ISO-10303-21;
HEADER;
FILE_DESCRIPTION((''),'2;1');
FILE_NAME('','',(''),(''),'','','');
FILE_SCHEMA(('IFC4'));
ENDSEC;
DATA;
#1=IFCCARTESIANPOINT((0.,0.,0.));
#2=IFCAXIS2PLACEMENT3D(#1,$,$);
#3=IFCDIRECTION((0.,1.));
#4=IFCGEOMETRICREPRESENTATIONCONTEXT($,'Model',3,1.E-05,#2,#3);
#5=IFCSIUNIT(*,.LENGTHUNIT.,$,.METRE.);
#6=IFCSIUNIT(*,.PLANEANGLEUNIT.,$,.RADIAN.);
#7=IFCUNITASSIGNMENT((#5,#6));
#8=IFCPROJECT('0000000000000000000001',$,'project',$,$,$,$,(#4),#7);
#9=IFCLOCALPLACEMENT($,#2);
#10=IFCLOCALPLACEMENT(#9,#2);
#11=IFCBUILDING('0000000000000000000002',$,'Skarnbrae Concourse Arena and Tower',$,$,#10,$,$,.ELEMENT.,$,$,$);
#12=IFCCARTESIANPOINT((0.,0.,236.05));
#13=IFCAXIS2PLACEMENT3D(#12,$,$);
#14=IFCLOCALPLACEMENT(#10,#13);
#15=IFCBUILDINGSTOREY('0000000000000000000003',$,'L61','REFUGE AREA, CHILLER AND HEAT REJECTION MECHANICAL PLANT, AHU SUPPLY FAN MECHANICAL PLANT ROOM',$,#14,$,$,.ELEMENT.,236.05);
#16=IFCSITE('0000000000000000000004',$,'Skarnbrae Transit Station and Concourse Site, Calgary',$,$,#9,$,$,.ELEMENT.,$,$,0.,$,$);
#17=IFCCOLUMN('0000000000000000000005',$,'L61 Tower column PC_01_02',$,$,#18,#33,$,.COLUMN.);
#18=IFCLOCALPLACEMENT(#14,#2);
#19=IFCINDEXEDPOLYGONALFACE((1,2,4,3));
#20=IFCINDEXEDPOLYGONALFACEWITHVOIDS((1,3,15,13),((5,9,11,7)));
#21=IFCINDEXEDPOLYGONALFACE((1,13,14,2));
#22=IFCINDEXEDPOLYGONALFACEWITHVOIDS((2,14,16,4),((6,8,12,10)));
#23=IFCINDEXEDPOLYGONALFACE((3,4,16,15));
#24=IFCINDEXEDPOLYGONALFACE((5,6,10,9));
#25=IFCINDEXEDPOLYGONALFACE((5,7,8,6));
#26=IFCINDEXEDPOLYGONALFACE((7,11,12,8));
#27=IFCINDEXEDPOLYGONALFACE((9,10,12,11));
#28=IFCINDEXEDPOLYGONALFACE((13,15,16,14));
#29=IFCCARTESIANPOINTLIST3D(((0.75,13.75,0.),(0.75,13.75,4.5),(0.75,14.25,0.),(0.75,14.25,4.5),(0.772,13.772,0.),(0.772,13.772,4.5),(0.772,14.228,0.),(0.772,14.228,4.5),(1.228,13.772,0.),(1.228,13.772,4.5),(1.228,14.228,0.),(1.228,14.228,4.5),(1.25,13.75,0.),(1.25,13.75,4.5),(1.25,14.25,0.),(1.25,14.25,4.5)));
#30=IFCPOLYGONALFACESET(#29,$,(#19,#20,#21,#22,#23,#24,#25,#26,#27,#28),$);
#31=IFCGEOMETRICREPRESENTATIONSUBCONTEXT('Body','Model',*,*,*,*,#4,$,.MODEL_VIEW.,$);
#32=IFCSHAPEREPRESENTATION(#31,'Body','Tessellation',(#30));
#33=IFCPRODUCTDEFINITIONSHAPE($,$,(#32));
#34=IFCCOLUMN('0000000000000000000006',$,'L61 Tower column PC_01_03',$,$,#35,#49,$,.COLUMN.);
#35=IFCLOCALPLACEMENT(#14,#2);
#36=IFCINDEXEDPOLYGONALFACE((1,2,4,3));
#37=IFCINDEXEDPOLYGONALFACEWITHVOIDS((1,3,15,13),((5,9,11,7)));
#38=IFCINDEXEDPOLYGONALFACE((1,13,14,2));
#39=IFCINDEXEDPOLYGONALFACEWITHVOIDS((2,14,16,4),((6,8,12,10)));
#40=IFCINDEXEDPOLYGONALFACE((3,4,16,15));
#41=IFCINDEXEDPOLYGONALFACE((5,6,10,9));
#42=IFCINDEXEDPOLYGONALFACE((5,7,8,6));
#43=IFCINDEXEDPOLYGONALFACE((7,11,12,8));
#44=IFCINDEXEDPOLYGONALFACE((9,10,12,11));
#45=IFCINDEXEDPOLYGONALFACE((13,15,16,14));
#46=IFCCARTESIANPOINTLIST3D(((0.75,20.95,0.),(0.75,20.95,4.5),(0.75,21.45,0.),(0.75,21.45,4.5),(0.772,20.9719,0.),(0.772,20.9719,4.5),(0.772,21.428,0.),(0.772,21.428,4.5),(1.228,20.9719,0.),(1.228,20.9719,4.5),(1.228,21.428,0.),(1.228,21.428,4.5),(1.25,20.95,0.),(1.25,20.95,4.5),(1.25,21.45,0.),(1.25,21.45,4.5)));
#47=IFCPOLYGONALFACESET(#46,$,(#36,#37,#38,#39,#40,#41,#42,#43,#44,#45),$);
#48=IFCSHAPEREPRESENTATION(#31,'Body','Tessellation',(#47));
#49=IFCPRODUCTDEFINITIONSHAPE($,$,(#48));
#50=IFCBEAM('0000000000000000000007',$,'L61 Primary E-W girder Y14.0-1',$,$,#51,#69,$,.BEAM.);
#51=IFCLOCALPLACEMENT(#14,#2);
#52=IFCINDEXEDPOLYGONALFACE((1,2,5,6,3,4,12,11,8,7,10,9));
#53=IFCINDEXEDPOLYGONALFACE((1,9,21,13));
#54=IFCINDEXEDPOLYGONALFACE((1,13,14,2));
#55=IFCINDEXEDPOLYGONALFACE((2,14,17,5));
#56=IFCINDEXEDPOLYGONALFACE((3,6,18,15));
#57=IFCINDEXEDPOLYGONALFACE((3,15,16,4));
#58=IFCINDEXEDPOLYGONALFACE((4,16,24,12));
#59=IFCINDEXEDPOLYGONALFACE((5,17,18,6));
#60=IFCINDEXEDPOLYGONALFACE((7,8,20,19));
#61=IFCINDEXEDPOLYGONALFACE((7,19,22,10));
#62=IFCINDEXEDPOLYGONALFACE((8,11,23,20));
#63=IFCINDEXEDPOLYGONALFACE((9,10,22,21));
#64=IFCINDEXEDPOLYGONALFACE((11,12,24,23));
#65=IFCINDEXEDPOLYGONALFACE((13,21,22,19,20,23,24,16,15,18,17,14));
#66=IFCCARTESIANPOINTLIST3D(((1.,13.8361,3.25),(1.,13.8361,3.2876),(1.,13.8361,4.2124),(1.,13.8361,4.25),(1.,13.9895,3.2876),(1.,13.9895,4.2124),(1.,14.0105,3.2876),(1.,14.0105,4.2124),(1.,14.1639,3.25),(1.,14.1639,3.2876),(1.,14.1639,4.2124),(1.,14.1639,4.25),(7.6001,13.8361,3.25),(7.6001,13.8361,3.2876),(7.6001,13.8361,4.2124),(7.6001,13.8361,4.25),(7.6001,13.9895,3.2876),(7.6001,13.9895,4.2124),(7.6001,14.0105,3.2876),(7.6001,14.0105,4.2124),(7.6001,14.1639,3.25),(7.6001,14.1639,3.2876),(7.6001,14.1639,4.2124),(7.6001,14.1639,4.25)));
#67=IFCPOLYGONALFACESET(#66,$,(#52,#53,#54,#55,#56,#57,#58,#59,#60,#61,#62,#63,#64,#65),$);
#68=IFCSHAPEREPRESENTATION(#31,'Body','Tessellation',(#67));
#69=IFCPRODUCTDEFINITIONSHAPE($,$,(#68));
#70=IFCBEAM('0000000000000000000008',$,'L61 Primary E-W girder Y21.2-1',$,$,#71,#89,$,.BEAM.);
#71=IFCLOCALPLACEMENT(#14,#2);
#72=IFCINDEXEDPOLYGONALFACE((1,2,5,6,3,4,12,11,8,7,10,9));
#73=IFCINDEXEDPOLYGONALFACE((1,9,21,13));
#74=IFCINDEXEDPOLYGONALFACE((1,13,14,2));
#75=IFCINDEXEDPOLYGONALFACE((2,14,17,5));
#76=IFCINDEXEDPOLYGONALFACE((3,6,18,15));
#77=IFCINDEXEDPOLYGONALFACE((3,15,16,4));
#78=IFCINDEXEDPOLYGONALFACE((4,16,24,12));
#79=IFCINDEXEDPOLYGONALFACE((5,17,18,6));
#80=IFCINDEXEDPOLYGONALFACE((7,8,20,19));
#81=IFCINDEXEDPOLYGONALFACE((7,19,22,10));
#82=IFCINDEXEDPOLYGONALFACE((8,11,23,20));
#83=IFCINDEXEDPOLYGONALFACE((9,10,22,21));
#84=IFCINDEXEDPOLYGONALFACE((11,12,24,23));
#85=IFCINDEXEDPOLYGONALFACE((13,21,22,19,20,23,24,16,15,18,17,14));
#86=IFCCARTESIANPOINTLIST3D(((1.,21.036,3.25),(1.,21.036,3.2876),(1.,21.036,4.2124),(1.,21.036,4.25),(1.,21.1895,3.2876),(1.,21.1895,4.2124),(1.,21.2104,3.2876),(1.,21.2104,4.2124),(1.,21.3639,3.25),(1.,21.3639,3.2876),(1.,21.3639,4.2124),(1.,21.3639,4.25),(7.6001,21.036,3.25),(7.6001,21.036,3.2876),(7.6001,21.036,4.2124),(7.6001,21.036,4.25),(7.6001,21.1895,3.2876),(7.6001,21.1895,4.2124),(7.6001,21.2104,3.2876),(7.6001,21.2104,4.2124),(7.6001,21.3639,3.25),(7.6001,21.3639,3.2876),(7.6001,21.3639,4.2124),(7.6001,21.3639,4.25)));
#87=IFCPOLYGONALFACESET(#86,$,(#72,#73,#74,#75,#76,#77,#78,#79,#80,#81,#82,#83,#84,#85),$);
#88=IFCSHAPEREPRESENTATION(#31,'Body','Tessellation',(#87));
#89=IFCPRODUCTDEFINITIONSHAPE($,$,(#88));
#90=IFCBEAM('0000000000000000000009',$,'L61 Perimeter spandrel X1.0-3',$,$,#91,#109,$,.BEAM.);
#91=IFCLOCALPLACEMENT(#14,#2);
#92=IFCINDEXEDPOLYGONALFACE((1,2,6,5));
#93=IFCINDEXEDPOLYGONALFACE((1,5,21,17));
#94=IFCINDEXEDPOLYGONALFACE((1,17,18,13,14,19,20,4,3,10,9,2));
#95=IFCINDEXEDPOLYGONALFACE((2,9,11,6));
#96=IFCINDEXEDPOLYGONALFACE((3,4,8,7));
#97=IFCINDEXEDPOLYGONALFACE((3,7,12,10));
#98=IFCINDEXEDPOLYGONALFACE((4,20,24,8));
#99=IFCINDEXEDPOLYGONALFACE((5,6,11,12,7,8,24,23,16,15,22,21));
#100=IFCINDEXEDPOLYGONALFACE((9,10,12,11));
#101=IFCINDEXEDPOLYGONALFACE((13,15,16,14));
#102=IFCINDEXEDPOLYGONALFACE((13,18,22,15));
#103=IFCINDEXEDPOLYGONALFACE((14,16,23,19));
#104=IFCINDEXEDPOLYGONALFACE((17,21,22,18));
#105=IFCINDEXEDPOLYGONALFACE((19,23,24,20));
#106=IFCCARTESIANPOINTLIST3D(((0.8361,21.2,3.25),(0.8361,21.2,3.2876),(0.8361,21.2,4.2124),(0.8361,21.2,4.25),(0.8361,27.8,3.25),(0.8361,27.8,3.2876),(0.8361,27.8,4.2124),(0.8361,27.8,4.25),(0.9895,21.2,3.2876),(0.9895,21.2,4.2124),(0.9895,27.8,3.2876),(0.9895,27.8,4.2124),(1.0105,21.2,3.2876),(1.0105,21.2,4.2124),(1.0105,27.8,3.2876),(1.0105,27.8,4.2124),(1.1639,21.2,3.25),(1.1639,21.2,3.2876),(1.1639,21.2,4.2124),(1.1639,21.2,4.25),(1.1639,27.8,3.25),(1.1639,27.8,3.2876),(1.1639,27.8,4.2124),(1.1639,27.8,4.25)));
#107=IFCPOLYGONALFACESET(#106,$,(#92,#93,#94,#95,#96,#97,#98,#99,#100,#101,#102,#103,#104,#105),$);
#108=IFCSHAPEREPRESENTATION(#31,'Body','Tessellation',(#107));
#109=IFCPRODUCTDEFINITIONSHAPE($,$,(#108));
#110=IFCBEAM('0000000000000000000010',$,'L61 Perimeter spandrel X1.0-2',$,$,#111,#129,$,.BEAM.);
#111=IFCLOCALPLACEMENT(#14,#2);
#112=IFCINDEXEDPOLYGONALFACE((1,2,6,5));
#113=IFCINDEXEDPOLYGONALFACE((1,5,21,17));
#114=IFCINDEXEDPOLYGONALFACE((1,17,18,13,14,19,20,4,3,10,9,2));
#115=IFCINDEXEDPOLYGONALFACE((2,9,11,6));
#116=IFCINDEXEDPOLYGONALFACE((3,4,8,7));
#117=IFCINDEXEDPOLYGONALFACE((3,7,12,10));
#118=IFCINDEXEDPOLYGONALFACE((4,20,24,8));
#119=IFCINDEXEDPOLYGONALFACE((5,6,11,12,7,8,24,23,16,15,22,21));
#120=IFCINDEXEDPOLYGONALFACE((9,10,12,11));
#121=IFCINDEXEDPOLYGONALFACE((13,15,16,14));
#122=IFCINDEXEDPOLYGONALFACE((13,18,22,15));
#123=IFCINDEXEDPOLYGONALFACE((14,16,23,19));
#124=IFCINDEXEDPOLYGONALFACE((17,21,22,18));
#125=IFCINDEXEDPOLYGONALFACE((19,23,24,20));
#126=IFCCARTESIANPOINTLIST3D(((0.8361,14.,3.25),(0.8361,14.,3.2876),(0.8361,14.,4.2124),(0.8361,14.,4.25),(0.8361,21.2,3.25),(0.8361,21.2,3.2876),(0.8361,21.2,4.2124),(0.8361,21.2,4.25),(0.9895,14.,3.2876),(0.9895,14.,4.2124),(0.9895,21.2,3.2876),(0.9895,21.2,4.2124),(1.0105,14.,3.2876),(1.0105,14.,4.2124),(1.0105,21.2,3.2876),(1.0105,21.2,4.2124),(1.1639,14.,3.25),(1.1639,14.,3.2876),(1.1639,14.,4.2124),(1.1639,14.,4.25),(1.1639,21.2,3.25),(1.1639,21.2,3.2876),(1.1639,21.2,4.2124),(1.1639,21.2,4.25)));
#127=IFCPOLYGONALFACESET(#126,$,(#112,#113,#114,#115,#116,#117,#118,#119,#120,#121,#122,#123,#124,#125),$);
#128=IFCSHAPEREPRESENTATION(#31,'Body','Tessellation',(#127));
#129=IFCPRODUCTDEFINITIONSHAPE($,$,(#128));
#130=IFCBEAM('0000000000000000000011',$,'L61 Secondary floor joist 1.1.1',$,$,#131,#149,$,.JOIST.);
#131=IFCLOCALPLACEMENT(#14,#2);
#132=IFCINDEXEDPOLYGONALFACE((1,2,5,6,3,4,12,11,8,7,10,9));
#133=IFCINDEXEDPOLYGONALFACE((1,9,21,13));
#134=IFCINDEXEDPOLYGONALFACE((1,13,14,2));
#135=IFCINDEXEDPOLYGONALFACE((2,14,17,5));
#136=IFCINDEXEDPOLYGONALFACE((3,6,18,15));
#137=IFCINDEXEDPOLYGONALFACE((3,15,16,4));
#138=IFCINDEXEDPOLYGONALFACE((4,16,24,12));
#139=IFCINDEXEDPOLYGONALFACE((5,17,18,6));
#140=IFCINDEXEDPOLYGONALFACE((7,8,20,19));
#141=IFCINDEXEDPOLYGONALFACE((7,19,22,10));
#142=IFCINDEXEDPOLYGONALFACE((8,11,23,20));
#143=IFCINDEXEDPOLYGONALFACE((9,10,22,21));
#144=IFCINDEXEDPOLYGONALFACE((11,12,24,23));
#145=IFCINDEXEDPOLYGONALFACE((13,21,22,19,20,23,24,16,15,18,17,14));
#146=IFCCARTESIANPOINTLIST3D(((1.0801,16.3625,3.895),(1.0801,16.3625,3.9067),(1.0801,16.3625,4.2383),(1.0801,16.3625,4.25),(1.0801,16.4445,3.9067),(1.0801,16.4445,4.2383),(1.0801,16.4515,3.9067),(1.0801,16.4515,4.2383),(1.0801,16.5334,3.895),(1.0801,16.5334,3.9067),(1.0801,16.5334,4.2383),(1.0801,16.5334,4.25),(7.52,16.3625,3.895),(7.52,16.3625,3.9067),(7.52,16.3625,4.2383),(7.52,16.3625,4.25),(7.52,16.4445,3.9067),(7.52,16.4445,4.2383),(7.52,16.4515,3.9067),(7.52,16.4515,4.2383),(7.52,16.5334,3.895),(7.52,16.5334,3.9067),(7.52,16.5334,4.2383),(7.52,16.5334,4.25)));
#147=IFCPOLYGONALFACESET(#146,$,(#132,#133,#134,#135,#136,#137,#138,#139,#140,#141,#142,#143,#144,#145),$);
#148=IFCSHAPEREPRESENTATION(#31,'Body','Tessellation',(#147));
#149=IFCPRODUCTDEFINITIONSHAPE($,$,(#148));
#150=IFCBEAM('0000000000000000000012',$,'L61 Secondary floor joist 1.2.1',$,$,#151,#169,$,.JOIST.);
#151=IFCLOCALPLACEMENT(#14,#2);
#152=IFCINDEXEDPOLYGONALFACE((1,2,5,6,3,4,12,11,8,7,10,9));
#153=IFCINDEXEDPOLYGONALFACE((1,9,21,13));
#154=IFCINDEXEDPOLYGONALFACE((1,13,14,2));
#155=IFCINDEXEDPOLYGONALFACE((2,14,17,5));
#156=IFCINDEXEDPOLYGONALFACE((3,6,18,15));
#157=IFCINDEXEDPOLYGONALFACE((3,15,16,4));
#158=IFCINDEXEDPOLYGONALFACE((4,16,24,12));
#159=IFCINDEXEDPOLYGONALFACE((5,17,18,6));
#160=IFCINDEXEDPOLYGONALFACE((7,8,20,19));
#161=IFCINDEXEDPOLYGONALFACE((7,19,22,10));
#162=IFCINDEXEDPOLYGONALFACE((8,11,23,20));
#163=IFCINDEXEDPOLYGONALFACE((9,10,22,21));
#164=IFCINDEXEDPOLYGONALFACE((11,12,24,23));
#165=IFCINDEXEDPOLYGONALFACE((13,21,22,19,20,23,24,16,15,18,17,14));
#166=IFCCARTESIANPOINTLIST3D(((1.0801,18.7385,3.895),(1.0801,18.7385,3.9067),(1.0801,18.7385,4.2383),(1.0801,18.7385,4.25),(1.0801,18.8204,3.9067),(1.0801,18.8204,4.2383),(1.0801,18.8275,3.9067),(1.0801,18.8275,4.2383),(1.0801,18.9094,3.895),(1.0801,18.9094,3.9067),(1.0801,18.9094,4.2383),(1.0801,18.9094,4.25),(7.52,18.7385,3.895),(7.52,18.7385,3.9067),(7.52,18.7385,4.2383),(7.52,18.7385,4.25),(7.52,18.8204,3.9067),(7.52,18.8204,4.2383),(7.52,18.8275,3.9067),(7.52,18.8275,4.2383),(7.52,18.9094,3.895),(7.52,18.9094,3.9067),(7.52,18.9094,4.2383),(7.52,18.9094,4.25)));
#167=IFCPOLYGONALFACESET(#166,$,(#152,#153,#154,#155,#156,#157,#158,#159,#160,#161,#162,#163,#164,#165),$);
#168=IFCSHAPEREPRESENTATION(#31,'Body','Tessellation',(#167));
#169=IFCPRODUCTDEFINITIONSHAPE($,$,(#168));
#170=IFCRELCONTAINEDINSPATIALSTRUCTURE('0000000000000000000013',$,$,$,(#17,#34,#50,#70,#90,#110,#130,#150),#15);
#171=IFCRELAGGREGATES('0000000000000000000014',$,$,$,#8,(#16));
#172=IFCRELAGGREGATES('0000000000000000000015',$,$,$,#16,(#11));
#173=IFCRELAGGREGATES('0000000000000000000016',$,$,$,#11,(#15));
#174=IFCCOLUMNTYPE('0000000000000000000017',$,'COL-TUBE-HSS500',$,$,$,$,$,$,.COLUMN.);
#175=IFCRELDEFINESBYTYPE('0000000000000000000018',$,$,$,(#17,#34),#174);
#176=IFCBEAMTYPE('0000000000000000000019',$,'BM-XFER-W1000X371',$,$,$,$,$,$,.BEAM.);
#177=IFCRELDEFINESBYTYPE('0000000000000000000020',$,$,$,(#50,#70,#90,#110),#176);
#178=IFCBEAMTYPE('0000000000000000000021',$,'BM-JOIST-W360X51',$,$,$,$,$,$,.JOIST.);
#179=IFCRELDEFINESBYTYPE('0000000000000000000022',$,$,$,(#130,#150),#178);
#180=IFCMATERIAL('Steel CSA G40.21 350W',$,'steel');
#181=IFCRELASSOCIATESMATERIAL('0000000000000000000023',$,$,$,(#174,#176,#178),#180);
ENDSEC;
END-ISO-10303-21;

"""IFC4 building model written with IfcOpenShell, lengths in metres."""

from ifc_helpers import new_model, si_unit, direction, frame, origin, origin_2d, place, context, subcontext, project, spatial, hollow_rectangle, i_section, extrude, source, transform, mapped, material, material_profile, profile_set, type_object, element, save


model = new_model("IFC4")

# Units and contexts
model_context = context("Model", 3, precision=1e-05, world=origin(), true_north=direction((0.0, 1.0)))
body_context = subcontext(model_context, "Body", "Model", "MODEL_VIEW")
ifc_project = project(units=[si_unit("LENGTHUNIT", "METRE"), si_unit("PLANEANGLEUNIT", "RADIAN")], contexts=[model_context])

# Site, building, storey
site_placement = place(None, origin())
site = spatial("IfcSite", under=ifc_project, at=site_placement, Name="Skarnbrae Transit Station and Concourse Site, Calgary", CompositionType="ELEMENT", RefElevation=0.0)
building_placement = place(site_placement, origin())
building = spatial("IfcBuilding", under=site, at=building_placement, Name="Skarnbrae Concourse Arena and Tower", CompositionType="ELEMENT")
storey_placement = place(building_placement, frame((0.0, 0.0, 236.05)))
storey = spatial("IfcBuildingStorey", under=building, at=storey_placement, Name="L61", Description="REFUGE AREA, CHILLER AND HEAT REJECTION MECHANICAL PLANT, AHU SUPPLY FAN MECHANICAL PLANT ROOM", CompositionType="ELEMENT", Elevation=236.05)

# Columns
ifc_material_1 = material(Name="Steel CSA G40.21 350W", Category="steel")
ifc_material_profile_1 = material_profile(ifc_material_1, hollow_rectangle(XDim=0.5, YDim=0.5, WallThickness=0.022, at=origin_2d()), Name="HSS500X500X22.0")
ifc_profile_set_1 = profile_set([ifc_material_profile_1], Name="Steel CSA G40.21 350W")
column_type = type_object("IfcColumnType", Name="COL-TUBE-HSS500", PredefinedType="COLUMN", material=ifc_profile_set_1)
shared_shape_1 = source(origin(), body_context, "Body", "SweptSolid", [
    extrude(hollow_rectangle(XDim=0.5, YDim=0.5, WallThickness=0.022, at=origin_2d()), origin(), (0.0, 0.0, 1.0), 4.5),
])
for number, where, z_axis, x_axis, name in (
    (1, (1.0, 14.0, 0.0), (0.0, 0.0, 1.0), (1.0, 0.0, 0.0), "L61 Tower column PC_01_02"),
    (2, (1.0, 21.2, 0.0), (0.0, 0.0, 1.0), (1.0, 0.0, 0.0), "L61 Tower column PC_01_03"),
):
    element("IfcColumn", number, at=place(storey_placement, frame(where, z_axis=z_axis, x_axis=x_axis)), inside=storey, type_object=column_type, Name=name, PredefinedType="COLUMN", context=body_context, shape_type="MappedRepresentation", body=[
        mapped(shared_shape_1, transform((0.0, 0.0, 0.0))),
    ])

# Beams
ifc_material_profile_2 = material_profile(ifc_material_1, i_section(OverallWidth=0.3279, OverallDepth=1.0, WebThickness=0.021, FlangeThickness=0.0376, at=origin_2d()), Name="W1000X371")
ifc_profile_set_2 = profile_set([ifc_material_profile_2], Name="Steel CSA G40.21 350W")
beam_type_1 = type_object("IfcBeamType", Name="BM-XFER-W1000X371", PredefinedType="BEAM", material=ifc_profile_set_2)
shared_shape_2 = source(origin(), body_context, "Body", "SweptSolid", [
    extrude(i_section(OverallWidth=0.3279, OverallDepth=1.0, WebThickness=0.021, FlangeThickness=0.0376, at=origin_2d()), origin(), (0.0, 0.0, 1.0), 6.6001),
])
for number, where, z_axis, x_axis, name in (
    (3, (1.0, 14.0, 3.75), (1.0, 0.0, 0.0), (0.0, 1.0, 0.0), "L61 Primary E-W girder Y14.0-1"),
    (4, (1.0, 21.2, 3.75), (1.0, 0.0, 0.0), (0.0, 1.0, 0.0), "L61 Primary E-W girder Y21.2-1"),
    (5, (1.0, 21.2, 3.75), (0.0, 1.0, 0.0), (-1.0, 0.0, 0.0), "L61 Perimeter spandrel X1.0-3"),
):
    element("IfcBeam", number, at=place(storey_placement, frame(where, z_axis=z_axis, x_axis=x_axis)), inside=storey, type_object=beam_type_1, Name=name, PredefinedType="BEAM", context=body_context, shape_type="MappedRepresentation", body=[
        mapped(shared_shape_2, transform((0.0, 0.0, 0.0))),
    ])
shared_shape_3 = source(origin(), body_context, "Body", "SweptSolid", [
    extrude(i_section(OverallWidth=0.3279, OverallDepth=1.0, WebThickness=0.021, FlangeThickness=0.0376, at=origin_2d()), origin(), (0.0, 0.0, 1.0), 7.2),
])
beam_placement = place(storey_placement, frame((1.0, 14.0, 3.75), z_axis=(0.0, 1.0, 0.0), x_axis=(-1.0, 0.0, 0.0)))
element("IfcBeam", 6, at=beam_placement, inside=storey, type_object=beam_type_1, Name="L61 Perimeter spandrel X1.0-2", PredefinedType="BEAM", context=body_context, shape_type="MappedRepresentation", body=[
    mapped(shared_shape_3, transform((0.0, 0.0, 0.0))),
])
ifc_material_profile_3 = material_profile(ifc_material_1, i_section(OverallWidth=0.1709, OverallDepth=0.355, WebThickness=0.0071, FlangeThickness=0.0117, at=origin_2d()), Name="W360X51")
ifc_profile_set_3 = profile_set([ifc_material_profile_3], Name="Steel CSA G40.21 350W")
beam_type_2 = type_object("IfcBeamType", Name="BM-JOIST-W360X51", PredefinedType="JOIST", material=ifc_profile_set_3)
shared_shape_4 = source(origin(), body_context, "Body", "SweptSolid", [
    extrude(i_section(OverallWidth=0.1709, OverallDepth=0.355, WebThickness=0.0071, FlangeThickness=0.0117, at=origin_2d()), origin(), (0.0, 0.0, 1.0), 6.4399),
])
for number, where, z_axis, x_axis, name in (
    (7, (1.0801, 16.448, 4.0725), (1.0, 0.0, 0.0), (0.0, 1.0, 0.0), "L61 Secondary floor joist 1.1.1"),
    (8, (1.0801, 18.824, 4.0725), (1.0, 0.0, 0.0), (0.0, 1.0, 0.0), "L61 Secondary floor joist 1.2.1"),
):
    element("IfcBeam", number, at=place(storey_placement, frame(where, z_axis=z_axis, x_axis=x_axis)), inside=storey, type_object=beam_type_2, Name=name, PredefinedType="JOIST", context=body_context, shape_type="MappedRepresentation", body=[
        mapped(shared_shape_4, transform((0.0, 0.0, 0.0))),
    ])

save(model, "model.ifc")
